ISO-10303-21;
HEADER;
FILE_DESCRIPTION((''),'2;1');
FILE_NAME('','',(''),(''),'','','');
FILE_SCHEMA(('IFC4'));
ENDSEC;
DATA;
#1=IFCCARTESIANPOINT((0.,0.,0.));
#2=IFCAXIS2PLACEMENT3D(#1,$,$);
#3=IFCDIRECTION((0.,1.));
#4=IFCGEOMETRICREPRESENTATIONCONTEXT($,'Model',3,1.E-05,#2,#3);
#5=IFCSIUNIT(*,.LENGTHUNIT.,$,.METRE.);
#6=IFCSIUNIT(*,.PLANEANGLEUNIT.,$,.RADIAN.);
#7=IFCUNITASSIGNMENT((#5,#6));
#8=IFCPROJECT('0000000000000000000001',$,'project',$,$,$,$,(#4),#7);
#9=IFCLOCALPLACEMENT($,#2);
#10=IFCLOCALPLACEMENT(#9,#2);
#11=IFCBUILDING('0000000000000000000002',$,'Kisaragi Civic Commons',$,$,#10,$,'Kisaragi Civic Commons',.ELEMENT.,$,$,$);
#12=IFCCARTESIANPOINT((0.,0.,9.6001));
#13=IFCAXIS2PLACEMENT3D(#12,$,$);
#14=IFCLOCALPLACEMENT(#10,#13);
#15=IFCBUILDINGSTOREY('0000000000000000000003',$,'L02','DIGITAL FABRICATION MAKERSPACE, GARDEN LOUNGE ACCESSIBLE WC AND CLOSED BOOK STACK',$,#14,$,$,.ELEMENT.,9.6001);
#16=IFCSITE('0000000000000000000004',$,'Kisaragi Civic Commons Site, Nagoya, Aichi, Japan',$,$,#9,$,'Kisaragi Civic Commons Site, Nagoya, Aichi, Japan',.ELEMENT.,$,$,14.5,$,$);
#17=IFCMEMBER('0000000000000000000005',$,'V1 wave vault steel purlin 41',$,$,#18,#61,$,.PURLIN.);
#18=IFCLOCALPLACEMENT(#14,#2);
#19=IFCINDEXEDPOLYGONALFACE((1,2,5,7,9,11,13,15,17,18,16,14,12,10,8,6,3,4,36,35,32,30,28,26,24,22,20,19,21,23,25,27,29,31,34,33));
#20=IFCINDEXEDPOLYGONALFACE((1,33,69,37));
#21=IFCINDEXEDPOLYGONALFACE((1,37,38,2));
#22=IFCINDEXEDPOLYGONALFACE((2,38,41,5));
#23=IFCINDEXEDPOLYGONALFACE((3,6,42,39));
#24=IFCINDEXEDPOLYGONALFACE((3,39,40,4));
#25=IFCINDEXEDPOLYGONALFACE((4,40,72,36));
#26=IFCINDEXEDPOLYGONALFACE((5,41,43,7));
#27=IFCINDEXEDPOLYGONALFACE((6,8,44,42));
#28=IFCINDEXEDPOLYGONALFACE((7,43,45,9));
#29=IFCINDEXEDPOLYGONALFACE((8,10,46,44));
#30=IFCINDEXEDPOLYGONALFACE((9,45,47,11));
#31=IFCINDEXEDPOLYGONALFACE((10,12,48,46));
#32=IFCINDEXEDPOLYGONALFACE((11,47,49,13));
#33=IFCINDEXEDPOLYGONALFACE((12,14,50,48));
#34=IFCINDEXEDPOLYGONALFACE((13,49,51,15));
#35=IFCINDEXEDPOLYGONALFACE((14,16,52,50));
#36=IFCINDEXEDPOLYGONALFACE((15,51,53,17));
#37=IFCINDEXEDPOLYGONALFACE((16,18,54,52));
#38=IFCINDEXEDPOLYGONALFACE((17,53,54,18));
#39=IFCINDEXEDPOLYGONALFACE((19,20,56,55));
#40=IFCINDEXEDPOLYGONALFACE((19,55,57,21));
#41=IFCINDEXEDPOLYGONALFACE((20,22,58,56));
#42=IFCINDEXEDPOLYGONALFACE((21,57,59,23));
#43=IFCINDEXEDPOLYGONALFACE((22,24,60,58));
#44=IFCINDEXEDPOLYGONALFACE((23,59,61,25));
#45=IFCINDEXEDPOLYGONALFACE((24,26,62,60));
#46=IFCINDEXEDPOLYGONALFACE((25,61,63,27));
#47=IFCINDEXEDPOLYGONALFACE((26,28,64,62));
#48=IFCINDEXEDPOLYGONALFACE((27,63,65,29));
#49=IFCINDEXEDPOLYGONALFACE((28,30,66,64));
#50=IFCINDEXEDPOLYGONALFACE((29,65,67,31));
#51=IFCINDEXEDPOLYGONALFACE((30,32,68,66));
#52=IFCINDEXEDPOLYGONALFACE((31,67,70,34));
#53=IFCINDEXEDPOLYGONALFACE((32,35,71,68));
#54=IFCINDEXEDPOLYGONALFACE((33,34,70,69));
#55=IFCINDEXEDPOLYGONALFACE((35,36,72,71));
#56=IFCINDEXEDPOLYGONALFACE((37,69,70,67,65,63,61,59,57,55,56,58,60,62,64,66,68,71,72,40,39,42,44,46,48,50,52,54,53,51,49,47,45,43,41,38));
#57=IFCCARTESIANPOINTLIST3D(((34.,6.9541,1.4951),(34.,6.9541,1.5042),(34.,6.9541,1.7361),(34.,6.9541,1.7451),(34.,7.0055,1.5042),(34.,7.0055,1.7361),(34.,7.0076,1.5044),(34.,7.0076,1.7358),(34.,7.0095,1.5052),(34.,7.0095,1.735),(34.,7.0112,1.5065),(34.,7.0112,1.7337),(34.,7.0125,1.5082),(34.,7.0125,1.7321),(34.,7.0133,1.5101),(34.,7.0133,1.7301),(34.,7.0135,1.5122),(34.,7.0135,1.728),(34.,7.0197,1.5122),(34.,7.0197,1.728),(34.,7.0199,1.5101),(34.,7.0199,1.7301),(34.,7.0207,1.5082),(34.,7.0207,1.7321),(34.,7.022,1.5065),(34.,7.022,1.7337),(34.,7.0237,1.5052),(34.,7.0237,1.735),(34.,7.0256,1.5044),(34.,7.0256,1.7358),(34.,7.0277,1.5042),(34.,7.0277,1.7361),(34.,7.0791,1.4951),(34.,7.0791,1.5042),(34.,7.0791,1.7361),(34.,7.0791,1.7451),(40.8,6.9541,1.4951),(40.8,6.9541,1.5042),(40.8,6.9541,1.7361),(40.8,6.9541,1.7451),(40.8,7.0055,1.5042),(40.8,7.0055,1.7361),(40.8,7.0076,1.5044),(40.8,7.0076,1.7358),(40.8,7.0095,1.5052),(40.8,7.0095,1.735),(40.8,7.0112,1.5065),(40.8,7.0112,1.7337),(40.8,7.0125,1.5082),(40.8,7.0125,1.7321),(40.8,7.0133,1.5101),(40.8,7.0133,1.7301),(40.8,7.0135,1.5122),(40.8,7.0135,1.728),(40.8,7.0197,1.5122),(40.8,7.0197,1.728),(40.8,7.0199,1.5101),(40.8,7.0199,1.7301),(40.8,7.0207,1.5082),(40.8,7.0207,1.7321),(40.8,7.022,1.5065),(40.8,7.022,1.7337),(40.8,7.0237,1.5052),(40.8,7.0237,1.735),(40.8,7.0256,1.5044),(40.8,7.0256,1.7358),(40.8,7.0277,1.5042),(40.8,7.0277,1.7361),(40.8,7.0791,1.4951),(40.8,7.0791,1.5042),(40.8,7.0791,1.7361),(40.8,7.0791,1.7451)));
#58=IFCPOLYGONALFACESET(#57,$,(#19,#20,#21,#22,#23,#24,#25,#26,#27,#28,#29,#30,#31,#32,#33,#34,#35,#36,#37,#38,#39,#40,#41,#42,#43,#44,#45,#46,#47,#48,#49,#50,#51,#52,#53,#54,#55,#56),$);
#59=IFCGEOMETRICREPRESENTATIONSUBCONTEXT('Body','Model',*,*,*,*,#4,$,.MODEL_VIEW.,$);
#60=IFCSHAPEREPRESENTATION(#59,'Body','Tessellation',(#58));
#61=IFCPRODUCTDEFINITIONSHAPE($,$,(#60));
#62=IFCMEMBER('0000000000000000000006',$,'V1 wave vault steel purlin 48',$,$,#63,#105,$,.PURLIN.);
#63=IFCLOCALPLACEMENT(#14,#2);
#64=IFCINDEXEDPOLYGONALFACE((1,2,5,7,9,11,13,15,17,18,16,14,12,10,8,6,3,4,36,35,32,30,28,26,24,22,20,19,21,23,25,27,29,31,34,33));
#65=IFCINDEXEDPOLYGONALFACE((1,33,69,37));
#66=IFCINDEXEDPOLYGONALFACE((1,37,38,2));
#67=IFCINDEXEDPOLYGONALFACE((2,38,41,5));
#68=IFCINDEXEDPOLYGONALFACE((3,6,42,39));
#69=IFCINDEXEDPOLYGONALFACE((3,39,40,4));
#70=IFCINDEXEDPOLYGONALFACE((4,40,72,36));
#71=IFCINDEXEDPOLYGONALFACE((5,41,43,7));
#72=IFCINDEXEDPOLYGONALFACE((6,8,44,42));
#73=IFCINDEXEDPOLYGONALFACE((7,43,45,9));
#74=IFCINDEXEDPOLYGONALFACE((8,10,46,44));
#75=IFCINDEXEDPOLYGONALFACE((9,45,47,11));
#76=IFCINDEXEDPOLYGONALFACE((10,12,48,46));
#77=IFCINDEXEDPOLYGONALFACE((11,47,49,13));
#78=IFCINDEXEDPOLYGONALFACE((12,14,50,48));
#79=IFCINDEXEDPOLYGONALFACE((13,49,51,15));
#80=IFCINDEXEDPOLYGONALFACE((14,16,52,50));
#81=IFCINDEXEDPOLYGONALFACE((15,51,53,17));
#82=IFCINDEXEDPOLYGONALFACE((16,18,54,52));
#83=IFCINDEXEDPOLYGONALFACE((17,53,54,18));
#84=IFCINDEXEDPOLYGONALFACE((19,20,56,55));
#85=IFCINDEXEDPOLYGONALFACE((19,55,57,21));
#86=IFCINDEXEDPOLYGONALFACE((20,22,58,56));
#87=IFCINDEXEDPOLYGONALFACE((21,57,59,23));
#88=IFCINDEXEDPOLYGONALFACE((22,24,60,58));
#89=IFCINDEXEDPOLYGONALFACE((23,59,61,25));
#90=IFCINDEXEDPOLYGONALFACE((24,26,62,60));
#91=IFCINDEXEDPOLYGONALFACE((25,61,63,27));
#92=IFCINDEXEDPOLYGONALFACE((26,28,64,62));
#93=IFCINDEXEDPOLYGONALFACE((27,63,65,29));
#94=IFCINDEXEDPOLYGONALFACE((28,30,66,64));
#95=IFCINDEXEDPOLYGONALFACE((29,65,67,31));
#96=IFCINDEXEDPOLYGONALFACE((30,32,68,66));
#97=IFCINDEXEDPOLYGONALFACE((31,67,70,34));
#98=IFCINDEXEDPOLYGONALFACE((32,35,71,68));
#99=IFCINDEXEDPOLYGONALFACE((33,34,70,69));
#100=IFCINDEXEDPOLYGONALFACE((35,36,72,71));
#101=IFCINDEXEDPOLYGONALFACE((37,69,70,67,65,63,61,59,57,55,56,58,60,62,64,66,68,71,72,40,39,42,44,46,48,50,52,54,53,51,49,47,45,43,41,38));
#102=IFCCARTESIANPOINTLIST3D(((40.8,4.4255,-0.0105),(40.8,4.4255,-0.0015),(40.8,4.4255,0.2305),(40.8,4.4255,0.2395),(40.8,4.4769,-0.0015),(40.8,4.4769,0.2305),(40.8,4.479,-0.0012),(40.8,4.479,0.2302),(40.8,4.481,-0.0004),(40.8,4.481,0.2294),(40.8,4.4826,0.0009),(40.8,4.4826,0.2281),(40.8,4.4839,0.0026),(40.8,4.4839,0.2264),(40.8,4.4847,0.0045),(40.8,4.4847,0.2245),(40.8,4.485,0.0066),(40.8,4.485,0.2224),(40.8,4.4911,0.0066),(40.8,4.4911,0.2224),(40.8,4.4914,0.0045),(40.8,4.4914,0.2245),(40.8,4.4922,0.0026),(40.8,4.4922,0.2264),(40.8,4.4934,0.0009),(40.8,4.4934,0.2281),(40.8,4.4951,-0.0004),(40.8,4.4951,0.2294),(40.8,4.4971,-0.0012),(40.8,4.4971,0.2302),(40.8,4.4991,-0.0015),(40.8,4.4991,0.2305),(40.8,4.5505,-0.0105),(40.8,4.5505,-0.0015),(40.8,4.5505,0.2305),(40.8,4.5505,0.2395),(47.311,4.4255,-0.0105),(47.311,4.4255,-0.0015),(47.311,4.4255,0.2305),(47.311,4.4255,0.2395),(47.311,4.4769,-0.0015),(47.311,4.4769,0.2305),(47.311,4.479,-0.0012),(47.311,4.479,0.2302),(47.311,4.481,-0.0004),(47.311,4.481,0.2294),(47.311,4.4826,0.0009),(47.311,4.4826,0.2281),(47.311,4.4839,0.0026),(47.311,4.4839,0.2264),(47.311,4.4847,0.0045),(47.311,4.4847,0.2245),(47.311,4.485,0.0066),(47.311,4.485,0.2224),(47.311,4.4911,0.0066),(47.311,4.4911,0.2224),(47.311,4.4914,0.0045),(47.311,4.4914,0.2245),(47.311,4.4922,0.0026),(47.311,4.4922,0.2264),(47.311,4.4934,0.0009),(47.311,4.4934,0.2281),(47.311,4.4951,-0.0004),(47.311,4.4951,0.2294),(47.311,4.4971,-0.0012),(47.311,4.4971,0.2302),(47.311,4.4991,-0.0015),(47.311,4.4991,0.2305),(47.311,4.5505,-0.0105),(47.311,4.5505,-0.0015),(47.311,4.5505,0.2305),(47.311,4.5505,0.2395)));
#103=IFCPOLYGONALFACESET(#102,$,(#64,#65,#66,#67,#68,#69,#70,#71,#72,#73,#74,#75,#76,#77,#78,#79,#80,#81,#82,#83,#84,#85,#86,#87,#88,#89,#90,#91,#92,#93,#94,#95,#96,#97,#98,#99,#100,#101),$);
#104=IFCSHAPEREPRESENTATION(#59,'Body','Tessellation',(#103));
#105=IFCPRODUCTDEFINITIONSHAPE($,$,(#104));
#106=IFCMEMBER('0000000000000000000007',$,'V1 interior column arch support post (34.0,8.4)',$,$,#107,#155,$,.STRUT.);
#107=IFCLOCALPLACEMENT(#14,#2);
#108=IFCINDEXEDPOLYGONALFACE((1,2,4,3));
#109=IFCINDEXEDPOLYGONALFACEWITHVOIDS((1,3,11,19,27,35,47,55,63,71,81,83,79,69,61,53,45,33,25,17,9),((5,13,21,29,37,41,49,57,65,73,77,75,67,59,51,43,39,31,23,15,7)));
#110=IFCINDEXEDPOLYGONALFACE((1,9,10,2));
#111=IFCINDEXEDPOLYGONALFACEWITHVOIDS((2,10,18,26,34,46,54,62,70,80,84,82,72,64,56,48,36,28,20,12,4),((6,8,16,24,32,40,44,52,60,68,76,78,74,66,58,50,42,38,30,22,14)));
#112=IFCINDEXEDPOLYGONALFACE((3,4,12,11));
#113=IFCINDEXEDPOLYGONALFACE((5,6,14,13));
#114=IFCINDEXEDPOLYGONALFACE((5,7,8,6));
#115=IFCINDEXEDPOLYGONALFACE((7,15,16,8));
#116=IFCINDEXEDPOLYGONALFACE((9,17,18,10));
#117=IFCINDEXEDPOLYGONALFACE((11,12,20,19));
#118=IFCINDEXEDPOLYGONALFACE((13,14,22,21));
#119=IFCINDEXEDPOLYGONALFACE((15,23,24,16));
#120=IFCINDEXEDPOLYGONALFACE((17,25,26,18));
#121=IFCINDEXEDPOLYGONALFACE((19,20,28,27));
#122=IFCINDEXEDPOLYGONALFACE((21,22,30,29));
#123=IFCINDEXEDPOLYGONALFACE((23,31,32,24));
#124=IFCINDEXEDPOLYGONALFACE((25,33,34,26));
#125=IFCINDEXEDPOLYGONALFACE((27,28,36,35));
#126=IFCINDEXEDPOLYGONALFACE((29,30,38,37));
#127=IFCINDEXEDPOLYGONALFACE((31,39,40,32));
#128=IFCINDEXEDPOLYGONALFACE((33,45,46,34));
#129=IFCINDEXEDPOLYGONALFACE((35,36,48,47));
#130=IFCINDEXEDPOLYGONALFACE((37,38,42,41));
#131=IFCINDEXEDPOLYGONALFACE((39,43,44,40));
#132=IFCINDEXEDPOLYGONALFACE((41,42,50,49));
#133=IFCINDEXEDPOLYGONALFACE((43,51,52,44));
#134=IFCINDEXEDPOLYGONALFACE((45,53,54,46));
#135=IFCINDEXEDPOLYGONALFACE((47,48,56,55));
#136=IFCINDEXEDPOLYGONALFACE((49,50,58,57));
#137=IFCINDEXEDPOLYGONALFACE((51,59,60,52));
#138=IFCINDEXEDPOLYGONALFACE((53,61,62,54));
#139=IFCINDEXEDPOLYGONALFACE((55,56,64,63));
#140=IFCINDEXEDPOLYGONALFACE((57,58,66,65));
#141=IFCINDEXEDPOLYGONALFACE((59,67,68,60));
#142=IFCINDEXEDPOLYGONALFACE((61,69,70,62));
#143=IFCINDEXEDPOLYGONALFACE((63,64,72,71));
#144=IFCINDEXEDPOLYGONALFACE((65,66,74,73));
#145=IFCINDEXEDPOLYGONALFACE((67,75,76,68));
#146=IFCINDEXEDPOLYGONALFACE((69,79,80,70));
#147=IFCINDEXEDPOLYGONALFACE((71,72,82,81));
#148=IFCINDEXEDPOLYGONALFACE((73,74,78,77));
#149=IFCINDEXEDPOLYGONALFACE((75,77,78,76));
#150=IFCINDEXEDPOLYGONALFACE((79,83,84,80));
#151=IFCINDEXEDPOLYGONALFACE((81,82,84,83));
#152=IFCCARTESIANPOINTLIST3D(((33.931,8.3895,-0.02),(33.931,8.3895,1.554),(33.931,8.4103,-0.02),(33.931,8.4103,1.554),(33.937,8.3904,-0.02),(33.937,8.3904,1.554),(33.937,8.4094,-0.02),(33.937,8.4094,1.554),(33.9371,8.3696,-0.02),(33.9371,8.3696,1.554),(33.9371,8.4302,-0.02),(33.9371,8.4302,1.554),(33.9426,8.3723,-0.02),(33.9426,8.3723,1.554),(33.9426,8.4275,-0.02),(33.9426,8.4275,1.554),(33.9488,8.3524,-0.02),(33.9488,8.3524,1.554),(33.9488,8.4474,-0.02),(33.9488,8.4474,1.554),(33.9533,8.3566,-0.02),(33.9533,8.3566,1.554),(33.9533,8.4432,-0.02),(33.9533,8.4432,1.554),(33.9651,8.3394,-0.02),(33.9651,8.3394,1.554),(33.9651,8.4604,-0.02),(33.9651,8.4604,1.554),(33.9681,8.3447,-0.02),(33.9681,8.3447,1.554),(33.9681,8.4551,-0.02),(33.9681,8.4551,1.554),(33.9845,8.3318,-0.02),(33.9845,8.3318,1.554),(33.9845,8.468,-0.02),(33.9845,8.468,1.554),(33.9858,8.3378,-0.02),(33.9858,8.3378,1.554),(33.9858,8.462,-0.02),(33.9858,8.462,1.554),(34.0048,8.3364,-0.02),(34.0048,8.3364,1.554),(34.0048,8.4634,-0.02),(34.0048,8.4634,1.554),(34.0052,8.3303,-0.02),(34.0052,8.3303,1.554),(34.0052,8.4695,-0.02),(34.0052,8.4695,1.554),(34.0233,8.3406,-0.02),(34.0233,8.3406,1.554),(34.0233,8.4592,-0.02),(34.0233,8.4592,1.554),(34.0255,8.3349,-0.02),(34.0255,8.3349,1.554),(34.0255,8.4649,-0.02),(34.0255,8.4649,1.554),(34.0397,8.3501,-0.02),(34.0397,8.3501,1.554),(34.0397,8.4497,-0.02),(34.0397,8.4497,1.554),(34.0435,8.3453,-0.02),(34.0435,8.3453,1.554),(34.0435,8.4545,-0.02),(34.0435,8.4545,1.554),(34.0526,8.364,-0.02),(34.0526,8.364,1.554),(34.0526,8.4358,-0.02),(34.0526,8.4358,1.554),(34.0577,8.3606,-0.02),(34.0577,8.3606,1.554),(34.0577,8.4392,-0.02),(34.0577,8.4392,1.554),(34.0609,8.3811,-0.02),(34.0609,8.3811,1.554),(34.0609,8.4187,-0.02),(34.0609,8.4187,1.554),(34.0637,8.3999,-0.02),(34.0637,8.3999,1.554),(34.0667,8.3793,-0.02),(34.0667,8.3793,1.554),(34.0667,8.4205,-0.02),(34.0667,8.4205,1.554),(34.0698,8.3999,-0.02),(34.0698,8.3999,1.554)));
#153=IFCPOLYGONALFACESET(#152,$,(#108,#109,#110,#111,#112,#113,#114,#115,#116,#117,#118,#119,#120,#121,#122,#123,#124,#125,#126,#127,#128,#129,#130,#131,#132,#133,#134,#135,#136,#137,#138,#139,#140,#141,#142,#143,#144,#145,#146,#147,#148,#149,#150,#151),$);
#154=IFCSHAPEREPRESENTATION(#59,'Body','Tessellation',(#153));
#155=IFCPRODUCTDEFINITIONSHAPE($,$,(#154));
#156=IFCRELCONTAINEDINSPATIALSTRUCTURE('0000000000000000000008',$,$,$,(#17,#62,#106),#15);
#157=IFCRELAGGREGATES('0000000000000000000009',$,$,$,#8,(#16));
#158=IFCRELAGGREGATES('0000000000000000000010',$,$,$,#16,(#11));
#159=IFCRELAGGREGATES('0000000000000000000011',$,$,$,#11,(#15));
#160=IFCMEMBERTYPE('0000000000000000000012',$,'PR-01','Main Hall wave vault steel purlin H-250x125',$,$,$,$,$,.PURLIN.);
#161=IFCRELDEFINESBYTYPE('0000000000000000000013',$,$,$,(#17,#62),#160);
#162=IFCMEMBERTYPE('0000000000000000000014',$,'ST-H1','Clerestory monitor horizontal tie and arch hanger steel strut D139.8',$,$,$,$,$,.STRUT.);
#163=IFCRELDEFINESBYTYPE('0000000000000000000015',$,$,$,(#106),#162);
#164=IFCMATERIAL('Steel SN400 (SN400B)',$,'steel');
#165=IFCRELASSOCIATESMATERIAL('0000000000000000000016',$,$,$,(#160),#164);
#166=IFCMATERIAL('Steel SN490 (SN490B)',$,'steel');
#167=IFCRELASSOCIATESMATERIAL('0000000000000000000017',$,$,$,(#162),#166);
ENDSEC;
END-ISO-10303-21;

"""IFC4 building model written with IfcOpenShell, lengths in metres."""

from ifc_helpers import new_model, si_unit, direction, frame, origin, origin_2d, place, context, subcontext, project, spatial, hollow_circle, i_section, extrude, material, material_profile, profile_set, type_object, element, save


model = new_model("IFC4")

# Units and contexts
model_context = context("Model", 3, precision=1e-05, world=origin(), true_north=direction((0.0, 1.0)))
body_context = subcontext(model_context, "Body", "Model", "MODEL_VIEW")
ifc_project = project(units=[si_unit("LENGTHUNIT", "METRE"), si_unit("PLANEANGLEUNIT", "RADIAN")], contexts=[model_context])

# Site, building, storey
site_placement = place(None, origin())
site = spatial("IfcSite", under=ifc_project, at=site_placement, Name="Kisaragi Civic Commons Site, Nagoya, Aichi, Japan", LongName="Kisaragi Civic Commons Site, Nagoya, Aichi, Japan", CompositionType="ELEMENT", RefElevation=14.5)
building_placement = place(site_placement, origin())
building = spatial("IfcBuilding", under=site, at=building_placement, Name="Kisaragi Civic Commons", LongName="Kisaragi Civic Commons", CompositionType="ELEMENT")
storey_placement = place(building_placement, frame((0.0, 0.0, 9.6001)))
storey = spatial("IfcBuildingStorey", under=building, at=storey_placement, Name="L02", Description="DIGITAL FABRICATION MAKERSPACE, GARDEN LOUNGE ACCESSIBLE WC AND CLOSED BOOK STACK", CompositionType="ELEMENT", Elevation=9.6001)

# Shared definitions
ifc_material_1 = material(Name="Steel SN400 (SN400B)", Category="steel")

# Members
ifc_material_profile_1 = material_profile(ifc_material_1, i_section(OverallWidth=0.125, OverallDepth=0.25, WebThickness=0.0061, FlangeThickness=0.009, FilletRadius=0.0081, at=origin_2d()), Name="H-250x125x6x9", Category="steel")
ifc_profile_set_1 = profile_set([ifc_material_profile_1], Name="Steel SN400 (SN400B)")
member_type_1 = type_object("IfcMemberType", Name="PR-01", Description="Main Hall wave vault steel purlin H-250x125", PredefinedType="PURLIN", material=ifc_profile_set_1)
member_1_placement = place(storey_placement, frame((34.0, 7.0166, 1.6201), z_axis=(1.0, 0.0, 0.0), x_axis=(0.0, 1.0, 0.0)))
element("IfcMember", 1, at=member_1_placement, inside=storey, type_object=member_type_1, Name="V1 wave vault steel purlin 41", PredefinedType="PURLIN", context=body_context, shape_type="SweptSolid", body=[
    extrude(i_section(OverallWidth=0.125, OverallDepth=0.25, WebThickness=0.0061, FlangeThickness=0.009, FilletRadius=0.0081, at=origin_2d()), origin(), (0.0, 0.0, 1.0), 6.8),
])
member_2_placement = place(storey_placement, frame((40.8, 4.488, 0.1145), z_axis=(1.0, 0.0, 0.0), x_axis=(0.0, 1.0, 0.0)))
element("IfcMember", 2, at=member_2_placement, inside=storey, type_object=member_type_1, Name="V1 wave vault steel purlin 48", PredefinedType="PURLIN", context=body_context, shape_type="SweptSolid", body=[
    extrude(i_section(OverallWidth=0.125, OverallDepth=0.25, WebThickness=0.0061, FlangeThickness=0.009, FilletRadius=0.0081, at=origin_2d()), origin(), (0.0, 0.0, 1.0), 6.511),
])
ifc_material_2 = material(Name="Steel SN490 (SN490B)", Category="steel")
ifc_material_profile_2 = material_profile(ifc_material_2, hollow_circle(Radius=0.0698, WallThickness=0.0061, at=origin_2d()), Name="CHS-139.8x6.0", Category="steel")
ifc_profile_set_2 = profile_set([ifc_material_profile_2], Name="Steel SN490 (SN490B)")
member_type_2 = type_object("IfcMemberType", Name="ST-H1", Description="Clerestory monitor horizontal tie and arch hanger steel strut D139.8", PredefinedType="STRUT", material=ifc_profile_set_2)
member_3_placement = place(storey_placement, frame((34.0, 8.3999, -0.02), z_axis=(0.0, 0.0, 1.0), x_axis=(1.0, 0.0, 0.0)))
element("IfcMember", 3, at=member_3_placement, inside=storey, type_object=member_type_2, Name="V1 interior column arch support post (34.0,8.4)", PredefinedType="STRUT", context=body_context, shape_type="SweptSolid", body=[
    extrude(hollow_circle(Radius=0.0698, WallThickness=0.0061, at=origin_2d()), origin(), (0.0, 0.0, 1.0), 1.574),
])

save(model, "model.ifc")
